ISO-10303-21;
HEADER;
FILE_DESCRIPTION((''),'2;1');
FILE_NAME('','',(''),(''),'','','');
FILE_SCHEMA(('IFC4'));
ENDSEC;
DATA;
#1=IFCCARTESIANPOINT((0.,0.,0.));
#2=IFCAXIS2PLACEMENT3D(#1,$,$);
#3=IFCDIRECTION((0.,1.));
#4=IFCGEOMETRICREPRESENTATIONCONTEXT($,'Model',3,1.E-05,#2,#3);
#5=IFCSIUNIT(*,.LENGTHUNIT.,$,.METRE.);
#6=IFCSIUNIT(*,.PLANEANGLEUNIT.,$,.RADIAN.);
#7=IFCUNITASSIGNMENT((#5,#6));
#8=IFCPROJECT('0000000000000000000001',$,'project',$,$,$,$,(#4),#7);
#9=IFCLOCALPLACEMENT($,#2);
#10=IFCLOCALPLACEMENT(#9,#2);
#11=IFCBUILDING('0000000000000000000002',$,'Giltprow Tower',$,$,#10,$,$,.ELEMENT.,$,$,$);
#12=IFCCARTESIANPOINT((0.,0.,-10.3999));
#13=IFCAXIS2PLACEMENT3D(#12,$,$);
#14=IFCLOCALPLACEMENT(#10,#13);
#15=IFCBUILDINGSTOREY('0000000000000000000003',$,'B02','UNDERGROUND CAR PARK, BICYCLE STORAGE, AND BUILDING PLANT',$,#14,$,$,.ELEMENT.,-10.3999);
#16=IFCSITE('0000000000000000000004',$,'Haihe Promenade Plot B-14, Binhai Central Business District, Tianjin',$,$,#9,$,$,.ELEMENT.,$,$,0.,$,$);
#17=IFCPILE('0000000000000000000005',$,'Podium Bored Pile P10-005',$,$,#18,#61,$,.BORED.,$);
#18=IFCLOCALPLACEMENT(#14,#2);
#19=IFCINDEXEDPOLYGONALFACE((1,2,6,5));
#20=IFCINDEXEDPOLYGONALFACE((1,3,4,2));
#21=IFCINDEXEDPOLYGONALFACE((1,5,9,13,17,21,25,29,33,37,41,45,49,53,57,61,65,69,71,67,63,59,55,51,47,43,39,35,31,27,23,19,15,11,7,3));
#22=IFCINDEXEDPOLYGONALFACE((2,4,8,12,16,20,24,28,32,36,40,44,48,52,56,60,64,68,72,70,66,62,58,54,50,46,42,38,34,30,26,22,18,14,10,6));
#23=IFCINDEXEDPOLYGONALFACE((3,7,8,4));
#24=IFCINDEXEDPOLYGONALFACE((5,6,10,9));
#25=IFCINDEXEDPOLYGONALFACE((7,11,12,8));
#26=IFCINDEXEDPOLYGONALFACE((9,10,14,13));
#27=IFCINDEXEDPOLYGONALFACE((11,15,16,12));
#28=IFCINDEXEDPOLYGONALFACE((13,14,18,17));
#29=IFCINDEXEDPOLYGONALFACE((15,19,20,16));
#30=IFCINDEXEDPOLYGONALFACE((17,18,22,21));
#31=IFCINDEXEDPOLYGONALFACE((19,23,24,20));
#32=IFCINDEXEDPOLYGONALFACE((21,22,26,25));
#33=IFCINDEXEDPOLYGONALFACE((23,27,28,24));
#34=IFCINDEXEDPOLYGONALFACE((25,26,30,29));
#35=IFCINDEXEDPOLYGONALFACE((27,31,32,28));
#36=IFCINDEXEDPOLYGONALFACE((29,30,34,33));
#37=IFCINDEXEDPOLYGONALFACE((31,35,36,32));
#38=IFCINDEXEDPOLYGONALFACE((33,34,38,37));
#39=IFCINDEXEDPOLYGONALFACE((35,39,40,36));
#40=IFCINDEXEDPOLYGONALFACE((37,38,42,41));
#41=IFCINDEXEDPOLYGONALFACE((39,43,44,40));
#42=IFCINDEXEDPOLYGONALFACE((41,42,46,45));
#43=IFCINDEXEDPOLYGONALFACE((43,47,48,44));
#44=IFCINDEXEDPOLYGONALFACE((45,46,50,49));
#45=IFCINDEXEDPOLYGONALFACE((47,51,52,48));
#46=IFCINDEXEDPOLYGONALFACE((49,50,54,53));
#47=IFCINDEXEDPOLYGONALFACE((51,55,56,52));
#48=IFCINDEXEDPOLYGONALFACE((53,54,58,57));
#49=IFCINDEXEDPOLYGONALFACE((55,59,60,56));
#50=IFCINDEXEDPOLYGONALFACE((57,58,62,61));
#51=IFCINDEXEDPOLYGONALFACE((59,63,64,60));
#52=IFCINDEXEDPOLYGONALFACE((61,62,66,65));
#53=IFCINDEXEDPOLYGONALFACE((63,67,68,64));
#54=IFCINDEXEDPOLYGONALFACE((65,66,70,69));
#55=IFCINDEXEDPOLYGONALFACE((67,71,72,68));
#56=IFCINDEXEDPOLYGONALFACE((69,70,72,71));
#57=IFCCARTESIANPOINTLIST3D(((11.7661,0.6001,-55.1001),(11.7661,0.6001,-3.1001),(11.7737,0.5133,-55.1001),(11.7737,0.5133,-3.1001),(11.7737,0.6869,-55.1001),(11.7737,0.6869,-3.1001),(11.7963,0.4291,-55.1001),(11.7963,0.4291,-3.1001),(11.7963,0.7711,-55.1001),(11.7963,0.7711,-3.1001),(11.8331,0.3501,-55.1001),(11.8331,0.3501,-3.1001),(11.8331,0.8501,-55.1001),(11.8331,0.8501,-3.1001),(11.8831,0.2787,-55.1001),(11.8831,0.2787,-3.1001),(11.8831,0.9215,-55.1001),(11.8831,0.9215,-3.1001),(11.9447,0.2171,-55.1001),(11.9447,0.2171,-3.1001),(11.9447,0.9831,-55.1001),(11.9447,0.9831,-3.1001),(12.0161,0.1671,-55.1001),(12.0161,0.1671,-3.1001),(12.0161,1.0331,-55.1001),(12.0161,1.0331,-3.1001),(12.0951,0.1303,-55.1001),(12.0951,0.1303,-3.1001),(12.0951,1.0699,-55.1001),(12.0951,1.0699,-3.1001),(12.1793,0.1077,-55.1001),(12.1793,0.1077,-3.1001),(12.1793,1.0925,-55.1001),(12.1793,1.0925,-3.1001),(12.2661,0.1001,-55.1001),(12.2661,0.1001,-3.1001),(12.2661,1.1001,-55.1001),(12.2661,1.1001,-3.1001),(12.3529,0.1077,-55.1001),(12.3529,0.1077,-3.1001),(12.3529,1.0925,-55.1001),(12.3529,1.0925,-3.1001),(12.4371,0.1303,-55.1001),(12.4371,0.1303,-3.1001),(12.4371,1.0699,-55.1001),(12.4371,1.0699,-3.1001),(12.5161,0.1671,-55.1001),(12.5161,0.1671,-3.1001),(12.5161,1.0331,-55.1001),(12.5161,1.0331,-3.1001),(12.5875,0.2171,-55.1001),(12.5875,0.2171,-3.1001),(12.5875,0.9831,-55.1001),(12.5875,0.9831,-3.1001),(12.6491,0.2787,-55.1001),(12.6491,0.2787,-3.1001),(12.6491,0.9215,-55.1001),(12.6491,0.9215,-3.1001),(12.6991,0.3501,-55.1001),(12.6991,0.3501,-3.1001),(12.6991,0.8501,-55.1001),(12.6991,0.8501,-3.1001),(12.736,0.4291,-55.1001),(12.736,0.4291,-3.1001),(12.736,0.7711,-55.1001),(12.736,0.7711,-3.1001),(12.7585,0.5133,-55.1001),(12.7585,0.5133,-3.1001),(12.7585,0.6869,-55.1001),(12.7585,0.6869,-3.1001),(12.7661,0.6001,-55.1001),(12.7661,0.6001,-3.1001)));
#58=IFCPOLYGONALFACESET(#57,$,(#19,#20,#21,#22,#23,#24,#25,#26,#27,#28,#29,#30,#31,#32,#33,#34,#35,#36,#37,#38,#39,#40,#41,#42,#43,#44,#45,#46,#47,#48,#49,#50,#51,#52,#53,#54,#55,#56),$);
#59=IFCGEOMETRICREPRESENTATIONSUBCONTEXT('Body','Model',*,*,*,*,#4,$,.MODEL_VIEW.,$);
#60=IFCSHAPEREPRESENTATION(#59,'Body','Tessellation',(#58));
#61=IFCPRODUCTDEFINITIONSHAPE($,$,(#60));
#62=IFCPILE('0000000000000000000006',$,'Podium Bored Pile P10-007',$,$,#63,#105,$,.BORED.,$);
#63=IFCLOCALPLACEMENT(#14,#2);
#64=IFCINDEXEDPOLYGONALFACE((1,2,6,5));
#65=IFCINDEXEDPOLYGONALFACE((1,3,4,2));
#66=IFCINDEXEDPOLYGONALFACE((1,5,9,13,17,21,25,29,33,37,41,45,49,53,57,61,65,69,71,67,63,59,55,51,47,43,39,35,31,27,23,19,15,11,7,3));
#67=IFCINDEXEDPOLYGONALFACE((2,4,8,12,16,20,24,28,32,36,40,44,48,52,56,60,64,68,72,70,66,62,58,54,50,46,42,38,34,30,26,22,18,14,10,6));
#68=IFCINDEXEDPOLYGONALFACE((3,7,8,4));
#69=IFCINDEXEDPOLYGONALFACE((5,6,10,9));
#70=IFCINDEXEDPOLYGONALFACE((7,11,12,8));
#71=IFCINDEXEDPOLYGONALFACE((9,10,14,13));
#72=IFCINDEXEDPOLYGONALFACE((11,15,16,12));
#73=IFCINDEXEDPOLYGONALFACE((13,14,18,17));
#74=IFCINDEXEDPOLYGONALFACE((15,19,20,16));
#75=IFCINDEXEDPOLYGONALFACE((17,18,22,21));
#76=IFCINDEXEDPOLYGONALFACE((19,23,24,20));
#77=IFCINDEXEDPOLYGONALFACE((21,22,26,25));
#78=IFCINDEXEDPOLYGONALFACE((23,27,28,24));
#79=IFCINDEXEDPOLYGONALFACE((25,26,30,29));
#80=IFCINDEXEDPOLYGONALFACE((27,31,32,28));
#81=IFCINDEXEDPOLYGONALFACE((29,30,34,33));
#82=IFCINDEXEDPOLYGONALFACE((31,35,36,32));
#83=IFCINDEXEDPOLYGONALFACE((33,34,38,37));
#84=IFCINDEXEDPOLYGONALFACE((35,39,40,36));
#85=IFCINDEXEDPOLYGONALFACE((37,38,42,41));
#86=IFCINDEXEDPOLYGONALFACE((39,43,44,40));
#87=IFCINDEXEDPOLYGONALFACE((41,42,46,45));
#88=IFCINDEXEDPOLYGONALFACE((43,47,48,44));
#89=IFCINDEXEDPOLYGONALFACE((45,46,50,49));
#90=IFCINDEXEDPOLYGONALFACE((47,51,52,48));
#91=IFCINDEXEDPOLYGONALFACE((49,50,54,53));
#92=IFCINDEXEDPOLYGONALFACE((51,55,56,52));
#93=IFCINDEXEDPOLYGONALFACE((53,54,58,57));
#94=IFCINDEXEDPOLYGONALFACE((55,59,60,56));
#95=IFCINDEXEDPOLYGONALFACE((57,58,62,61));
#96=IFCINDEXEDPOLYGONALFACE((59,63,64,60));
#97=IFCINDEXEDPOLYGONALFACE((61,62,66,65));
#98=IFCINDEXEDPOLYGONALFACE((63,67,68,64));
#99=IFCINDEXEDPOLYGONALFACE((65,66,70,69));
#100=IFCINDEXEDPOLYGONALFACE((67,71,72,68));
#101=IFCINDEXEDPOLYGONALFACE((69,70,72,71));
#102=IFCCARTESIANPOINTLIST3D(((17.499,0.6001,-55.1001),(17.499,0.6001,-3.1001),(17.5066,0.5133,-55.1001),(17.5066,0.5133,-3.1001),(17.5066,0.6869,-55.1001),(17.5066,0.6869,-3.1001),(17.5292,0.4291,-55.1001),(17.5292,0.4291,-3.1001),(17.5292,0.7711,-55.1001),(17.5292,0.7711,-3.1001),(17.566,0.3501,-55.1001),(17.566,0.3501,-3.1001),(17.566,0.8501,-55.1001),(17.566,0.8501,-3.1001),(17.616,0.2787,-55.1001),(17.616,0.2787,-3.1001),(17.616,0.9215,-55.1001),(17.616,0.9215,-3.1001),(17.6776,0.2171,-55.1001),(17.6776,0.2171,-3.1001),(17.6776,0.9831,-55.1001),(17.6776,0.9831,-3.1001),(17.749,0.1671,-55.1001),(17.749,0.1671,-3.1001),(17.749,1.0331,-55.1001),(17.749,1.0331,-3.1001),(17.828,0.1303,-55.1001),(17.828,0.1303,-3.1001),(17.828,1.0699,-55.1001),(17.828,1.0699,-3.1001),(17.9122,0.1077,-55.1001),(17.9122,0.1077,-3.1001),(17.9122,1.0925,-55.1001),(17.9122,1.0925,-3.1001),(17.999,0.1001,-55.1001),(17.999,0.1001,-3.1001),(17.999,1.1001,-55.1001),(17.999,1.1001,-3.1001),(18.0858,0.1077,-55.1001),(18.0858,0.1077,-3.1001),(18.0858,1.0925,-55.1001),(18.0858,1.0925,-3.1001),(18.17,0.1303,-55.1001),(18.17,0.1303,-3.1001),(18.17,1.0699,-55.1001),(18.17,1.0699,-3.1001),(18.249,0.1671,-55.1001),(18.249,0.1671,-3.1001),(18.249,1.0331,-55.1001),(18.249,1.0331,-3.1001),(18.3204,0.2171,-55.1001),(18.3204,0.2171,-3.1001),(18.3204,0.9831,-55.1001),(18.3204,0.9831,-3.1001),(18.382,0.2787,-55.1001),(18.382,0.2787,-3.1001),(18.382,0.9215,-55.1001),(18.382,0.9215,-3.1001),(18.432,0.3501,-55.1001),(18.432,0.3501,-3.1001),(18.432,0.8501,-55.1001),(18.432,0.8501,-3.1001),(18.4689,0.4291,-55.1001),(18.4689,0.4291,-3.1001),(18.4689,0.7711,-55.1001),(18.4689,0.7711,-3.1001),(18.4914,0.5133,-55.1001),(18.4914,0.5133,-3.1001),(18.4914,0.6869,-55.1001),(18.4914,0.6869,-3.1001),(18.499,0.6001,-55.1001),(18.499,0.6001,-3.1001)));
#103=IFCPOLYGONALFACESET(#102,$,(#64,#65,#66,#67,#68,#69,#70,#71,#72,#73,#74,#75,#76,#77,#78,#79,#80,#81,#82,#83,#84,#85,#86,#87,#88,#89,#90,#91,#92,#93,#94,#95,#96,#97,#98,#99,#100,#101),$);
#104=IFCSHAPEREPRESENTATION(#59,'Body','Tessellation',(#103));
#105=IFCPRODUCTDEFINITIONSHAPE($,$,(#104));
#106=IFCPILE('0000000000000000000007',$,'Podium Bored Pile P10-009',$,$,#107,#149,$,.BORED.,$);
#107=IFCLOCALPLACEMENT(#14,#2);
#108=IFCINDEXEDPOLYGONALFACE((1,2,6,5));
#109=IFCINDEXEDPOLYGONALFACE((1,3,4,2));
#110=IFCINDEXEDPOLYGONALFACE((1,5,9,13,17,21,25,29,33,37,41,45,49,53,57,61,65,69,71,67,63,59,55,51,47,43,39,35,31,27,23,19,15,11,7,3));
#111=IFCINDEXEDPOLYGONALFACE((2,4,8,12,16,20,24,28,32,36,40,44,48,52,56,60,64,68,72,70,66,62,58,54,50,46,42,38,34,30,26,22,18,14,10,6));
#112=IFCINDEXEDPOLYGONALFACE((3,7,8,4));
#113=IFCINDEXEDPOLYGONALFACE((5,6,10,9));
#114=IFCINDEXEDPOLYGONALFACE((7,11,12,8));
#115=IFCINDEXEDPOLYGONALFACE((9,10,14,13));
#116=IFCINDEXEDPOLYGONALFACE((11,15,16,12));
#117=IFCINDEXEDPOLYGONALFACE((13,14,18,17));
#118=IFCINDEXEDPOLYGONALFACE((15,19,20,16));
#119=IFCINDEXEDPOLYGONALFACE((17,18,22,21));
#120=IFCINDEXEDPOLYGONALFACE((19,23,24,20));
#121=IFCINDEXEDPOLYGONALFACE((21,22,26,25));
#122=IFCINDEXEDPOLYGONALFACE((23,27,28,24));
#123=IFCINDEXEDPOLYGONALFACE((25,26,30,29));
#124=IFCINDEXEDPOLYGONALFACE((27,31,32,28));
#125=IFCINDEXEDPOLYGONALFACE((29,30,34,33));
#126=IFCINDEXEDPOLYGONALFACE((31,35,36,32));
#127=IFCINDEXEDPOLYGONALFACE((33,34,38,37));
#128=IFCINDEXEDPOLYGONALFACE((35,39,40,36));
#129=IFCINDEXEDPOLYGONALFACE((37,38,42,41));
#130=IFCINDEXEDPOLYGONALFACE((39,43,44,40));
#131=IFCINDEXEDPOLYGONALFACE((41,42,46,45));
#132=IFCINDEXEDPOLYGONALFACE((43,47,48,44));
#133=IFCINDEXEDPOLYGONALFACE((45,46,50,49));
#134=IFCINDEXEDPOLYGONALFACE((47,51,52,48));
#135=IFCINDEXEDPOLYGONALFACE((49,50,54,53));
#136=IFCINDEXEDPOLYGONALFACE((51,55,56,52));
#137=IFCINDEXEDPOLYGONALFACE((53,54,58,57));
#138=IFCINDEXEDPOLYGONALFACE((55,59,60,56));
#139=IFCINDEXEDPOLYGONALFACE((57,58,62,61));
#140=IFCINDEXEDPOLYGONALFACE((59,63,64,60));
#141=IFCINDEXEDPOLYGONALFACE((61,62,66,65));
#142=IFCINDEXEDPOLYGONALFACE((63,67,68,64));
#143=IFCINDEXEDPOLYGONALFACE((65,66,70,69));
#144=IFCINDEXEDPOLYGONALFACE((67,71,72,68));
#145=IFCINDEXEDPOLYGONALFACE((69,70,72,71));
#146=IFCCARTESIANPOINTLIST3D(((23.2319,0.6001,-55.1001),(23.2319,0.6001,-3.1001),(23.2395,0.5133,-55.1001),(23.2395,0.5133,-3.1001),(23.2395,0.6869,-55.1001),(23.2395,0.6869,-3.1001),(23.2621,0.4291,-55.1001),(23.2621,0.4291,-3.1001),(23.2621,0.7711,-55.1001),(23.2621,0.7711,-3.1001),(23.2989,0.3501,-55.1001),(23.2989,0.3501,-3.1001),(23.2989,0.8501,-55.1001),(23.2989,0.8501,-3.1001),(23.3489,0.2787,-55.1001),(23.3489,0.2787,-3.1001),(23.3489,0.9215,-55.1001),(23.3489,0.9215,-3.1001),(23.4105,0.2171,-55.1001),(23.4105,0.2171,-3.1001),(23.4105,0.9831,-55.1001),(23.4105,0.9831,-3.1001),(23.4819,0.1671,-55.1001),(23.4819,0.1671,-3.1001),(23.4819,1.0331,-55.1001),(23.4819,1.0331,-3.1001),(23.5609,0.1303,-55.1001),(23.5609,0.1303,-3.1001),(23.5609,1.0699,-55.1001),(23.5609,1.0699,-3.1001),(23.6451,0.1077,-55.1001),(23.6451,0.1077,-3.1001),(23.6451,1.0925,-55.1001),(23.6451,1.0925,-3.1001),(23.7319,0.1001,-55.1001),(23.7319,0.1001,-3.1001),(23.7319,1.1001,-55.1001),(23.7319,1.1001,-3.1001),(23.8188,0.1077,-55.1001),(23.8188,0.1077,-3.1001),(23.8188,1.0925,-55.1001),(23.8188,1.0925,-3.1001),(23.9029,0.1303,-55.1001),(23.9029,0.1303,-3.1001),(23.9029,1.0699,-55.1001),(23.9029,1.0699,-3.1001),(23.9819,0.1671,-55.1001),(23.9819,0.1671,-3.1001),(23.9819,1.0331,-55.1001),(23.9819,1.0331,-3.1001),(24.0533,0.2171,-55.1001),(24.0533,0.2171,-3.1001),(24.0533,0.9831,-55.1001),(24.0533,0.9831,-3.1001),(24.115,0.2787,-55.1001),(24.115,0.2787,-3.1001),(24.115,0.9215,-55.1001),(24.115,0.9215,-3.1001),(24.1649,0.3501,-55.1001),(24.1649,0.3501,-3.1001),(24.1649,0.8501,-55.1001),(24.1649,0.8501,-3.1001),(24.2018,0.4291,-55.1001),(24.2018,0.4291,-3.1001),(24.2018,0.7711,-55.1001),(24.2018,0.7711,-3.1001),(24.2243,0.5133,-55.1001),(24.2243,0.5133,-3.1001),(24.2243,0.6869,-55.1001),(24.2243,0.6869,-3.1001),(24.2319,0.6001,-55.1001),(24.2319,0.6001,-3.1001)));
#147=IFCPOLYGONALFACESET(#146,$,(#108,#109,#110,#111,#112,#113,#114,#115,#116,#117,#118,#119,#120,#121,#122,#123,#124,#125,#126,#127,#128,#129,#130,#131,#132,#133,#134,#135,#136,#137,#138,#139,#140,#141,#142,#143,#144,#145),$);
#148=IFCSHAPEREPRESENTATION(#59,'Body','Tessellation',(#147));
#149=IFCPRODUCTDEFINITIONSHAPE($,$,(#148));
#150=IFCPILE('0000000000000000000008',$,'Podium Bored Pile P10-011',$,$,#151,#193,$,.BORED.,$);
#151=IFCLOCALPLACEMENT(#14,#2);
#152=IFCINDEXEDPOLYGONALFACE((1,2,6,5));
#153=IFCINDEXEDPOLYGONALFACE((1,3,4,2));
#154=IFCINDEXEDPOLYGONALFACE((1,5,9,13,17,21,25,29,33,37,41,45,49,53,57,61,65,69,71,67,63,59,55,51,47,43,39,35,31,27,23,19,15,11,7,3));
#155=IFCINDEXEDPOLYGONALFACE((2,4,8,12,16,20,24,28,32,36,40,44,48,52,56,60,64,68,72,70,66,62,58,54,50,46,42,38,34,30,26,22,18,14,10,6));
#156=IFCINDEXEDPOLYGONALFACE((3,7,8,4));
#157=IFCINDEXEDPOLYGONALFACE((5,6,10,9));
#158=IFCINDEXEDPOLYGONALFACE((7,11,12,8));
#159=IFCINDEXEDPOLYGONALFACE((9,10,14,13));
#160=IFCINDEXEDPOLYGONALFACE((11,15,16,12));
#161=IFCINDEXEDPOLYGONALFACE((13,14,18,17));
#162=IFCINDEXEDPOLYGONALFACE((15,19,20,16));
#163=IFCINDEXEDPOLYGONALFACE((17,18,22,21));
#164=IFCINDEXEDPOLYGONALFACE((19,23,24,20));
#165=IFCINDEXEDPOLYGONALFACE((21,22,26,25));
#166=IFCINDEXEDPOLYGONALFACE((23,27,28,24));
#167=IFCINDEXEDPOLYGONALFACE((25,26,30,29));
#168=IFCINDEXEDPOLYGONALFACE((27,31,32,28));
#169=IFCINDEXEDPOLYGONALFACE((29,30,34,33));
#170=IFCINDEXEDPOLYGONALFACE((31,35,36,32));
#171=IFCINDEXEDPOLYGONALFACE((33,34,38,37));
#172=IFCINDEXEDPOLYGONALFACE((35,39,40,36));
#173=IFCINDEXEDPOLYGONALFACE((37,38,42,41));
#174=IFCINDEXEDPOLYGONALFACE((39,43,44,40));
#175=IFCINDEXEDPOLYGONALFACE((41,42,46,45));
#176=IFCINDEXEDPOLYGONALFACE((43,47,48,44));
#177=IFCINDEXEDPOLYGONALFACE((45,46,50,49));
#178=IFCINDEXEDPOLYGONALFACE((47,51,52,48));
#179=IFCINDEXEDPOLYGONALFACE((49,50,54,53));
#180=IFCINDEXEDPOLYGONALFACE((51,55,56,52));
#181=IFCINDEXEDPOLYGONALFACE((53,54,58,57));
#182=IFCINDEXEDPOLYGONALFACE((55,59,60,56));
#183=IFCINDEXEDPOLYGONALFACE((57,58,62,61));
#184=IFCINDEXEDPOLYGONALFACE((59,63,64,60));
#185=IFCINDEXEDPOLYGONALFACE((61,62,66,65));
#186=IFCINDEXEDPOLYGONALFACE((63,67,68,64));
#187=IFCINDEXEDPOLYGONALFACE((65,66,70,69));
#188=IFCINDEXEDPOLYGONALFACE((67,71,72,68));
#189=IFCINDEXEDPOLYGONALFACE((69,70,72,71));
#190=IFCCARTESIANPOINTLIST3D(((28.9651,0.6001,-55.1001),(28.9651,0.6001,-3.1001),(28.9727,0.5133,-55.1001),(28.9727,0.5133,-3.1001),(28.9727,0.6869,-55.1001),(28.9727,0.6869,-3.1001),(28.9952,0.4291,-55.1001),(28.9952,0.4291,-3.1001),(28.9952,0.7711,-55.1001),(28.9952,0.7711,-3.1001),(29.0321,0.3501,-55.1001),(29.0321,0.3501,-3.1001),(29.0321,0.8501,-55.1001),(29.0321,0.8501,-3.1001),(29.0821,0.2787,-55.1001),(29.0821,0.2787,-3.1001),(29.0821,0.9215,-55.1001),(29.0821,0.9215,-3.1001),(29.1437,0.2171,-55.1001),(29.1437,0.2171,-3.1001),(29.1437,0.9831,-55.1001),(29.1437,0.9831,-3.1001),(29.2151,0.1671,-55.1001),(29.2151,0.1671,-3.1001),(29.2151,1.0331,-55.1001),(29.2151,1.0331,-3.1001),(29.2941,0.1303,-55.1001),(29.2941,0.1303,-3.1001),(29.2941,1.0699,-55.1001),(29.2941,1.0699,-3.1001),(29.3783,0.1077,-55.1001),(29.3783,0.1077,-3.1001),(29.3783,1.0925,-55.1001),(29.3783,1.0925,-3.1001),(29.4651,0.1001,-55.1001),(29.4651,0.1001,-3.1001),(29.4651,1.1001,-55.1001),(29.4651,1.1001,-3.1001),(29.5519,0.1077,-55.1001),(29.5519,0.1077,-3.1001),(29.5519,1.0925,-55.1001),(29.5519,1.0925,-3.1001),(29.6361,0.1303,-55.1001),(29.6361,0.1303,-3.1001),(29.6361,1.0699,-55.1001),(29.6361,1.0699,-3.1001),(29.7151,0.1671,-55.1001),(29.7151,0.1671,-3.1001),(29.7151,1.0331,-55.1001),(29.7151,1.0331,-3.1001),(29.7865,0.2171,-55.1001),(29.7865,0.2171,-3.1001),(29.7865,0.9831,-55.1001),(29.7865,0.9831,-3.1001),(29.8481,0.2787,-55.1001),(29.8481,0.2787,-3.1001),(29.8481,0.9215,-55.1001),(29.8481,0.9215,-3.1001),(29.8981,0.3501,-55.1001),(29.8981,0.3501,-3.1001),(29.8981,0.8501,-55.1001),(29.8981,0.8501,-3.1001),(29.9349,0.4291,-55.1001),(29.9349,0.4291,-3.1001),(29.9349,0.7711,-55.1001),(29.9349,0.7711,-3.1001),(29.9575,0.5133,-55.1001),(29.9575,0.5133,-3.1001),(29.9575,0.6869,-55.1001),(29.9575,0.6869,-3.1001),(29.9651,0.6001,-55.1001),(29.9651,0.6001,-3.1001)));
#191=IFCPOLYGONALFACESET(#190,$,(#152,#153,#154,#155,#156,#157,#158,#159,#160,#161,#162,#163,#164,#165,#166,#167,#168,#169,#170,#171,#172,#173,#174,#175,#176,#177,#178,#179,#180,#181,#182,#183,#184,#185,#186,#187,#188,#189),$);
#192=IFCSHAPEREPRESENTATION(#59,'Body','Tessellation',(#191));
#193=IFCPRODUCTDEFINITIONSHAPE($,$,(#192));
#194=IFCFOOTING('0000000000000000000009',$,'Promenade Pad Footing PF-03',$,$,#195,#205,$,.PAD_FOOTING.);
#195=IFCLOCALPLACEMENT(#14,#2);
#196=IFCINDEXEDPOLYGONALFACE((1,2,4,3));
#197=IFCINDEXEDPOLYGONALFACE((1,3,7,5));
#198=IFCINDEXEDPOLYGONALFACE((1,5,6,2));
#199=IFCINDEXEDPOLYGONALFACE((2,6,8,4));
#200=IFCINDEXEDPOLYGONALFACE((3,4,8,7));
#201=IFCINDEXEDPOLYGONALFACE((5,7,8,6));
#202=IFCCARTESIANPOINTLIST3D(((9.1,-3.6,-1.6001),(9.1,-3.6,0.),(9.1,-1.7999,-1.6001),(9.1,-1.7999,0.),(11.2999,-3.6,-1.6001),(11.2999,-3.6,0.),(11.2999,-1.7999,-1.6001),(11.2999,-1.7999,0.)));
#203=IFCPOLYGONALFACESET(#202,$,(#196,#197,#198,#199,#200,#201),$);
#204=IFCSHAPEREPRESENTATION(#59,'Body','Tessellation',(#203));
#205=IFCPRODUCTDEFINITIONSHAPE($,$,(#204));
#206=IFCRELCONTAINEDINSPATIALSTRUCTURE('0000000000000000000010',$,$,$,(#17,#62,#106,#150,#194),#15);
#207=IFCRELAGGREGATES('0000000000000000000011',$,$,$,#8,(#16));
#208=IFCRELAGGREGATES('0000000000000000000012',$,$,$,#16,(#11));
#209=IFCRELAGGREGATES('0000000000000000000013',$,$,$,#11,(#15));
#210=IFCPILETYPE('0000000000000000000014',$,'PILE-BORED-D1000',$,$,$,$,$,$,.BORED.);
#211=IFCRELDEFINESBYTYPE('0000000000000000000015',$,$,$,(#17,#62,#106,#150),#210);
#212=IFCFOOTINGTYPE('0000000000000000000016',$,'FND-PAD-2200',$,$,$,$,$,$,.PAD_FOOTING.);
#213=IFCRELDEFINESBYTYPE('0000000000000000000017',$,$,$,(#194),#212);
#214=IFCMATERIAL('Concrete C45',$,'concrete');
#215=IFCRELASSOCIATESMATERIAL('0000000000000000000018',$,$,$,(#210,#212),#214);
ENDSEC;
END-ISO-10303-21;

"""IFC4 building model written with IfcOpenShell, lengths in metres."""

from ifc_helpers import new_model, si_unit, direction, frame, origin, origin_2d, place, context, subcontext, project, spatial, rectangle, circle, extrude, source, transform, mapped, material, material_profile, profile_set, type_object, element, save


model = new_model("IFC4")

# Units and contexts
model_context = context("Model", 3, precision=1e-05, world=origin(), true_north=direction((0.0, 1.0)))
body_context = subcontext(model_context, "Body", "Model", "MODEL_VIEW")
ifc_project = project(units=[si_unit("LENGTHUNIT", "METRE"), si_unit("PLANEANGLEUNIT", "RADIAN")], contexts=[model_context])

# Site, building, storey
site_placement = place(None, origin())
site = spatial("IfcSite", under=ifc_project, at=site_placement, Name="Haihe Promenade Plot B-14, Binhai Central Business District, Tianjin", CompositionType="ELEMENT", RefElevation=0.0)
building_placement = place(site_placement, origin())
building = spatial("IfcBuilding", under=site, at=building_placement, Name="Giltprow Tower", CompositionType="ELEMENT")
storey_placement = place(building_placement, frame((0.0, 0.0, -10.3999)))
storey = spatial("IfcBuildingStorey", under=building, at=storey_placement, Name="B02", Description="UNDERGROUND CAR PARK, BICYCLE STORAGE, AND BUILDING PLANT", CompositionType="ELEMENT", Elevation=-10.3999)

# Piles
ifc_material_1 = material(Name="Concrete C45", Category="concrete")
ifc_material_profile_1 = material_profile(ifc_material_1, circle(Radius=0.5, at=origin_2d()), Name="PILE D1000")
ifc_profile_set_1 = profile_set([ifc_material_profile_1], Name="Concrete C45")
pile_type = type_object("IfcPileType", Name="PILE-BORED-D1000", PredefinedType="BORED", material=ifc_profile_set_1)
shared_shape_1 = source(origin(), body_context, "Body", "SweptSolid", [
    extrude(circle(Radius=0.5, at=origin_2d()), origin(), (0.0, 0.0, 1.0), 52.0),
])
for number, where, z_axis, x_axis, name in (
    (1, (12.2661, 0.6001, -3.1001), (0.0, 0.0, -1.0), (1.0, 0.0, 0.0), "Podium Bored Pile P10-005"),
    (2, (17.999, 0.6001, -3.1001), (0.0, 0.0, -1.0), (1.0, 0.0, 0.0), "Podium Bored Pile P10-007"),
    (3, (23.7319, 0.6001, -3.1001), (0.0, 0.0, -1.0), (1.0, 0.0, 0.0), "Podium Bored Pile P10-009"),
    (4, (29.4651, 0.6001, -3.1001), (0.0, 0.0, -1.0), (1.0, 0.0, 0.0), "Podium Bored Pile P10-011"),
):
    element("IfcPile", number, at=place(storey_placement, frame(where, z_axis=z_axis, x_axis=x_axis)), inside=storey, type_object=pile_type, Name=name, PredefinedType="BORED", context=body_context, shape_type="MappedRepresentation", body=[
        mapped(shared_shape_1, transform((0.0, 0.0, 0.0), x_axis=(1.0, 0.0, 0.0), y_axis=(0.0, 1.0, 0.0), z_axis=(0.0, 0.0, 1.0), scale=1.0)),
    ])

# Footing
footing_type_1 = type_object("IfcFootingType", Name="FND-PAD-2200", PredefinedType="PAD_FOOTING", material=ifc_material_1)
shared_shape_2 = source(origin(), body_context, "Body", "SweptSolid", [
    extrude(rectangle(XDim=2.2, YDim=1.8, at=origin_2d()), origin(), (0.0, 0.0, 1.0), 1.6001),
])
for number, where, z_axis, x_axis, name in (
    (5, (10.2, -2.7, -1.6001), (0.0, 0.0, 1.0), (1.0, 0.0, 0.0), "Promenade Pad Footing PF-03"),
):
    element("IfcFooting", number, at=place(storey_placement, frame(where, z_axis=z_axis, x_axis=x_axis)), inside=storey, type_object=footing_type_1, Name=name, PredefinedType="PAD_FOOTING", context=body_context, shape_type="MappedRepresentation", body=[
        mapped(shared_shape_2, transform((0.0, 0.0, 0.0), x_axis=(1.0, 0.0, 0.0), y_axis=(0.0, 1.0, 0.0), z_axis=(0.0, 0.0, 1.0), scale=1.0)),
    ])

save(model, "model.ifc")
